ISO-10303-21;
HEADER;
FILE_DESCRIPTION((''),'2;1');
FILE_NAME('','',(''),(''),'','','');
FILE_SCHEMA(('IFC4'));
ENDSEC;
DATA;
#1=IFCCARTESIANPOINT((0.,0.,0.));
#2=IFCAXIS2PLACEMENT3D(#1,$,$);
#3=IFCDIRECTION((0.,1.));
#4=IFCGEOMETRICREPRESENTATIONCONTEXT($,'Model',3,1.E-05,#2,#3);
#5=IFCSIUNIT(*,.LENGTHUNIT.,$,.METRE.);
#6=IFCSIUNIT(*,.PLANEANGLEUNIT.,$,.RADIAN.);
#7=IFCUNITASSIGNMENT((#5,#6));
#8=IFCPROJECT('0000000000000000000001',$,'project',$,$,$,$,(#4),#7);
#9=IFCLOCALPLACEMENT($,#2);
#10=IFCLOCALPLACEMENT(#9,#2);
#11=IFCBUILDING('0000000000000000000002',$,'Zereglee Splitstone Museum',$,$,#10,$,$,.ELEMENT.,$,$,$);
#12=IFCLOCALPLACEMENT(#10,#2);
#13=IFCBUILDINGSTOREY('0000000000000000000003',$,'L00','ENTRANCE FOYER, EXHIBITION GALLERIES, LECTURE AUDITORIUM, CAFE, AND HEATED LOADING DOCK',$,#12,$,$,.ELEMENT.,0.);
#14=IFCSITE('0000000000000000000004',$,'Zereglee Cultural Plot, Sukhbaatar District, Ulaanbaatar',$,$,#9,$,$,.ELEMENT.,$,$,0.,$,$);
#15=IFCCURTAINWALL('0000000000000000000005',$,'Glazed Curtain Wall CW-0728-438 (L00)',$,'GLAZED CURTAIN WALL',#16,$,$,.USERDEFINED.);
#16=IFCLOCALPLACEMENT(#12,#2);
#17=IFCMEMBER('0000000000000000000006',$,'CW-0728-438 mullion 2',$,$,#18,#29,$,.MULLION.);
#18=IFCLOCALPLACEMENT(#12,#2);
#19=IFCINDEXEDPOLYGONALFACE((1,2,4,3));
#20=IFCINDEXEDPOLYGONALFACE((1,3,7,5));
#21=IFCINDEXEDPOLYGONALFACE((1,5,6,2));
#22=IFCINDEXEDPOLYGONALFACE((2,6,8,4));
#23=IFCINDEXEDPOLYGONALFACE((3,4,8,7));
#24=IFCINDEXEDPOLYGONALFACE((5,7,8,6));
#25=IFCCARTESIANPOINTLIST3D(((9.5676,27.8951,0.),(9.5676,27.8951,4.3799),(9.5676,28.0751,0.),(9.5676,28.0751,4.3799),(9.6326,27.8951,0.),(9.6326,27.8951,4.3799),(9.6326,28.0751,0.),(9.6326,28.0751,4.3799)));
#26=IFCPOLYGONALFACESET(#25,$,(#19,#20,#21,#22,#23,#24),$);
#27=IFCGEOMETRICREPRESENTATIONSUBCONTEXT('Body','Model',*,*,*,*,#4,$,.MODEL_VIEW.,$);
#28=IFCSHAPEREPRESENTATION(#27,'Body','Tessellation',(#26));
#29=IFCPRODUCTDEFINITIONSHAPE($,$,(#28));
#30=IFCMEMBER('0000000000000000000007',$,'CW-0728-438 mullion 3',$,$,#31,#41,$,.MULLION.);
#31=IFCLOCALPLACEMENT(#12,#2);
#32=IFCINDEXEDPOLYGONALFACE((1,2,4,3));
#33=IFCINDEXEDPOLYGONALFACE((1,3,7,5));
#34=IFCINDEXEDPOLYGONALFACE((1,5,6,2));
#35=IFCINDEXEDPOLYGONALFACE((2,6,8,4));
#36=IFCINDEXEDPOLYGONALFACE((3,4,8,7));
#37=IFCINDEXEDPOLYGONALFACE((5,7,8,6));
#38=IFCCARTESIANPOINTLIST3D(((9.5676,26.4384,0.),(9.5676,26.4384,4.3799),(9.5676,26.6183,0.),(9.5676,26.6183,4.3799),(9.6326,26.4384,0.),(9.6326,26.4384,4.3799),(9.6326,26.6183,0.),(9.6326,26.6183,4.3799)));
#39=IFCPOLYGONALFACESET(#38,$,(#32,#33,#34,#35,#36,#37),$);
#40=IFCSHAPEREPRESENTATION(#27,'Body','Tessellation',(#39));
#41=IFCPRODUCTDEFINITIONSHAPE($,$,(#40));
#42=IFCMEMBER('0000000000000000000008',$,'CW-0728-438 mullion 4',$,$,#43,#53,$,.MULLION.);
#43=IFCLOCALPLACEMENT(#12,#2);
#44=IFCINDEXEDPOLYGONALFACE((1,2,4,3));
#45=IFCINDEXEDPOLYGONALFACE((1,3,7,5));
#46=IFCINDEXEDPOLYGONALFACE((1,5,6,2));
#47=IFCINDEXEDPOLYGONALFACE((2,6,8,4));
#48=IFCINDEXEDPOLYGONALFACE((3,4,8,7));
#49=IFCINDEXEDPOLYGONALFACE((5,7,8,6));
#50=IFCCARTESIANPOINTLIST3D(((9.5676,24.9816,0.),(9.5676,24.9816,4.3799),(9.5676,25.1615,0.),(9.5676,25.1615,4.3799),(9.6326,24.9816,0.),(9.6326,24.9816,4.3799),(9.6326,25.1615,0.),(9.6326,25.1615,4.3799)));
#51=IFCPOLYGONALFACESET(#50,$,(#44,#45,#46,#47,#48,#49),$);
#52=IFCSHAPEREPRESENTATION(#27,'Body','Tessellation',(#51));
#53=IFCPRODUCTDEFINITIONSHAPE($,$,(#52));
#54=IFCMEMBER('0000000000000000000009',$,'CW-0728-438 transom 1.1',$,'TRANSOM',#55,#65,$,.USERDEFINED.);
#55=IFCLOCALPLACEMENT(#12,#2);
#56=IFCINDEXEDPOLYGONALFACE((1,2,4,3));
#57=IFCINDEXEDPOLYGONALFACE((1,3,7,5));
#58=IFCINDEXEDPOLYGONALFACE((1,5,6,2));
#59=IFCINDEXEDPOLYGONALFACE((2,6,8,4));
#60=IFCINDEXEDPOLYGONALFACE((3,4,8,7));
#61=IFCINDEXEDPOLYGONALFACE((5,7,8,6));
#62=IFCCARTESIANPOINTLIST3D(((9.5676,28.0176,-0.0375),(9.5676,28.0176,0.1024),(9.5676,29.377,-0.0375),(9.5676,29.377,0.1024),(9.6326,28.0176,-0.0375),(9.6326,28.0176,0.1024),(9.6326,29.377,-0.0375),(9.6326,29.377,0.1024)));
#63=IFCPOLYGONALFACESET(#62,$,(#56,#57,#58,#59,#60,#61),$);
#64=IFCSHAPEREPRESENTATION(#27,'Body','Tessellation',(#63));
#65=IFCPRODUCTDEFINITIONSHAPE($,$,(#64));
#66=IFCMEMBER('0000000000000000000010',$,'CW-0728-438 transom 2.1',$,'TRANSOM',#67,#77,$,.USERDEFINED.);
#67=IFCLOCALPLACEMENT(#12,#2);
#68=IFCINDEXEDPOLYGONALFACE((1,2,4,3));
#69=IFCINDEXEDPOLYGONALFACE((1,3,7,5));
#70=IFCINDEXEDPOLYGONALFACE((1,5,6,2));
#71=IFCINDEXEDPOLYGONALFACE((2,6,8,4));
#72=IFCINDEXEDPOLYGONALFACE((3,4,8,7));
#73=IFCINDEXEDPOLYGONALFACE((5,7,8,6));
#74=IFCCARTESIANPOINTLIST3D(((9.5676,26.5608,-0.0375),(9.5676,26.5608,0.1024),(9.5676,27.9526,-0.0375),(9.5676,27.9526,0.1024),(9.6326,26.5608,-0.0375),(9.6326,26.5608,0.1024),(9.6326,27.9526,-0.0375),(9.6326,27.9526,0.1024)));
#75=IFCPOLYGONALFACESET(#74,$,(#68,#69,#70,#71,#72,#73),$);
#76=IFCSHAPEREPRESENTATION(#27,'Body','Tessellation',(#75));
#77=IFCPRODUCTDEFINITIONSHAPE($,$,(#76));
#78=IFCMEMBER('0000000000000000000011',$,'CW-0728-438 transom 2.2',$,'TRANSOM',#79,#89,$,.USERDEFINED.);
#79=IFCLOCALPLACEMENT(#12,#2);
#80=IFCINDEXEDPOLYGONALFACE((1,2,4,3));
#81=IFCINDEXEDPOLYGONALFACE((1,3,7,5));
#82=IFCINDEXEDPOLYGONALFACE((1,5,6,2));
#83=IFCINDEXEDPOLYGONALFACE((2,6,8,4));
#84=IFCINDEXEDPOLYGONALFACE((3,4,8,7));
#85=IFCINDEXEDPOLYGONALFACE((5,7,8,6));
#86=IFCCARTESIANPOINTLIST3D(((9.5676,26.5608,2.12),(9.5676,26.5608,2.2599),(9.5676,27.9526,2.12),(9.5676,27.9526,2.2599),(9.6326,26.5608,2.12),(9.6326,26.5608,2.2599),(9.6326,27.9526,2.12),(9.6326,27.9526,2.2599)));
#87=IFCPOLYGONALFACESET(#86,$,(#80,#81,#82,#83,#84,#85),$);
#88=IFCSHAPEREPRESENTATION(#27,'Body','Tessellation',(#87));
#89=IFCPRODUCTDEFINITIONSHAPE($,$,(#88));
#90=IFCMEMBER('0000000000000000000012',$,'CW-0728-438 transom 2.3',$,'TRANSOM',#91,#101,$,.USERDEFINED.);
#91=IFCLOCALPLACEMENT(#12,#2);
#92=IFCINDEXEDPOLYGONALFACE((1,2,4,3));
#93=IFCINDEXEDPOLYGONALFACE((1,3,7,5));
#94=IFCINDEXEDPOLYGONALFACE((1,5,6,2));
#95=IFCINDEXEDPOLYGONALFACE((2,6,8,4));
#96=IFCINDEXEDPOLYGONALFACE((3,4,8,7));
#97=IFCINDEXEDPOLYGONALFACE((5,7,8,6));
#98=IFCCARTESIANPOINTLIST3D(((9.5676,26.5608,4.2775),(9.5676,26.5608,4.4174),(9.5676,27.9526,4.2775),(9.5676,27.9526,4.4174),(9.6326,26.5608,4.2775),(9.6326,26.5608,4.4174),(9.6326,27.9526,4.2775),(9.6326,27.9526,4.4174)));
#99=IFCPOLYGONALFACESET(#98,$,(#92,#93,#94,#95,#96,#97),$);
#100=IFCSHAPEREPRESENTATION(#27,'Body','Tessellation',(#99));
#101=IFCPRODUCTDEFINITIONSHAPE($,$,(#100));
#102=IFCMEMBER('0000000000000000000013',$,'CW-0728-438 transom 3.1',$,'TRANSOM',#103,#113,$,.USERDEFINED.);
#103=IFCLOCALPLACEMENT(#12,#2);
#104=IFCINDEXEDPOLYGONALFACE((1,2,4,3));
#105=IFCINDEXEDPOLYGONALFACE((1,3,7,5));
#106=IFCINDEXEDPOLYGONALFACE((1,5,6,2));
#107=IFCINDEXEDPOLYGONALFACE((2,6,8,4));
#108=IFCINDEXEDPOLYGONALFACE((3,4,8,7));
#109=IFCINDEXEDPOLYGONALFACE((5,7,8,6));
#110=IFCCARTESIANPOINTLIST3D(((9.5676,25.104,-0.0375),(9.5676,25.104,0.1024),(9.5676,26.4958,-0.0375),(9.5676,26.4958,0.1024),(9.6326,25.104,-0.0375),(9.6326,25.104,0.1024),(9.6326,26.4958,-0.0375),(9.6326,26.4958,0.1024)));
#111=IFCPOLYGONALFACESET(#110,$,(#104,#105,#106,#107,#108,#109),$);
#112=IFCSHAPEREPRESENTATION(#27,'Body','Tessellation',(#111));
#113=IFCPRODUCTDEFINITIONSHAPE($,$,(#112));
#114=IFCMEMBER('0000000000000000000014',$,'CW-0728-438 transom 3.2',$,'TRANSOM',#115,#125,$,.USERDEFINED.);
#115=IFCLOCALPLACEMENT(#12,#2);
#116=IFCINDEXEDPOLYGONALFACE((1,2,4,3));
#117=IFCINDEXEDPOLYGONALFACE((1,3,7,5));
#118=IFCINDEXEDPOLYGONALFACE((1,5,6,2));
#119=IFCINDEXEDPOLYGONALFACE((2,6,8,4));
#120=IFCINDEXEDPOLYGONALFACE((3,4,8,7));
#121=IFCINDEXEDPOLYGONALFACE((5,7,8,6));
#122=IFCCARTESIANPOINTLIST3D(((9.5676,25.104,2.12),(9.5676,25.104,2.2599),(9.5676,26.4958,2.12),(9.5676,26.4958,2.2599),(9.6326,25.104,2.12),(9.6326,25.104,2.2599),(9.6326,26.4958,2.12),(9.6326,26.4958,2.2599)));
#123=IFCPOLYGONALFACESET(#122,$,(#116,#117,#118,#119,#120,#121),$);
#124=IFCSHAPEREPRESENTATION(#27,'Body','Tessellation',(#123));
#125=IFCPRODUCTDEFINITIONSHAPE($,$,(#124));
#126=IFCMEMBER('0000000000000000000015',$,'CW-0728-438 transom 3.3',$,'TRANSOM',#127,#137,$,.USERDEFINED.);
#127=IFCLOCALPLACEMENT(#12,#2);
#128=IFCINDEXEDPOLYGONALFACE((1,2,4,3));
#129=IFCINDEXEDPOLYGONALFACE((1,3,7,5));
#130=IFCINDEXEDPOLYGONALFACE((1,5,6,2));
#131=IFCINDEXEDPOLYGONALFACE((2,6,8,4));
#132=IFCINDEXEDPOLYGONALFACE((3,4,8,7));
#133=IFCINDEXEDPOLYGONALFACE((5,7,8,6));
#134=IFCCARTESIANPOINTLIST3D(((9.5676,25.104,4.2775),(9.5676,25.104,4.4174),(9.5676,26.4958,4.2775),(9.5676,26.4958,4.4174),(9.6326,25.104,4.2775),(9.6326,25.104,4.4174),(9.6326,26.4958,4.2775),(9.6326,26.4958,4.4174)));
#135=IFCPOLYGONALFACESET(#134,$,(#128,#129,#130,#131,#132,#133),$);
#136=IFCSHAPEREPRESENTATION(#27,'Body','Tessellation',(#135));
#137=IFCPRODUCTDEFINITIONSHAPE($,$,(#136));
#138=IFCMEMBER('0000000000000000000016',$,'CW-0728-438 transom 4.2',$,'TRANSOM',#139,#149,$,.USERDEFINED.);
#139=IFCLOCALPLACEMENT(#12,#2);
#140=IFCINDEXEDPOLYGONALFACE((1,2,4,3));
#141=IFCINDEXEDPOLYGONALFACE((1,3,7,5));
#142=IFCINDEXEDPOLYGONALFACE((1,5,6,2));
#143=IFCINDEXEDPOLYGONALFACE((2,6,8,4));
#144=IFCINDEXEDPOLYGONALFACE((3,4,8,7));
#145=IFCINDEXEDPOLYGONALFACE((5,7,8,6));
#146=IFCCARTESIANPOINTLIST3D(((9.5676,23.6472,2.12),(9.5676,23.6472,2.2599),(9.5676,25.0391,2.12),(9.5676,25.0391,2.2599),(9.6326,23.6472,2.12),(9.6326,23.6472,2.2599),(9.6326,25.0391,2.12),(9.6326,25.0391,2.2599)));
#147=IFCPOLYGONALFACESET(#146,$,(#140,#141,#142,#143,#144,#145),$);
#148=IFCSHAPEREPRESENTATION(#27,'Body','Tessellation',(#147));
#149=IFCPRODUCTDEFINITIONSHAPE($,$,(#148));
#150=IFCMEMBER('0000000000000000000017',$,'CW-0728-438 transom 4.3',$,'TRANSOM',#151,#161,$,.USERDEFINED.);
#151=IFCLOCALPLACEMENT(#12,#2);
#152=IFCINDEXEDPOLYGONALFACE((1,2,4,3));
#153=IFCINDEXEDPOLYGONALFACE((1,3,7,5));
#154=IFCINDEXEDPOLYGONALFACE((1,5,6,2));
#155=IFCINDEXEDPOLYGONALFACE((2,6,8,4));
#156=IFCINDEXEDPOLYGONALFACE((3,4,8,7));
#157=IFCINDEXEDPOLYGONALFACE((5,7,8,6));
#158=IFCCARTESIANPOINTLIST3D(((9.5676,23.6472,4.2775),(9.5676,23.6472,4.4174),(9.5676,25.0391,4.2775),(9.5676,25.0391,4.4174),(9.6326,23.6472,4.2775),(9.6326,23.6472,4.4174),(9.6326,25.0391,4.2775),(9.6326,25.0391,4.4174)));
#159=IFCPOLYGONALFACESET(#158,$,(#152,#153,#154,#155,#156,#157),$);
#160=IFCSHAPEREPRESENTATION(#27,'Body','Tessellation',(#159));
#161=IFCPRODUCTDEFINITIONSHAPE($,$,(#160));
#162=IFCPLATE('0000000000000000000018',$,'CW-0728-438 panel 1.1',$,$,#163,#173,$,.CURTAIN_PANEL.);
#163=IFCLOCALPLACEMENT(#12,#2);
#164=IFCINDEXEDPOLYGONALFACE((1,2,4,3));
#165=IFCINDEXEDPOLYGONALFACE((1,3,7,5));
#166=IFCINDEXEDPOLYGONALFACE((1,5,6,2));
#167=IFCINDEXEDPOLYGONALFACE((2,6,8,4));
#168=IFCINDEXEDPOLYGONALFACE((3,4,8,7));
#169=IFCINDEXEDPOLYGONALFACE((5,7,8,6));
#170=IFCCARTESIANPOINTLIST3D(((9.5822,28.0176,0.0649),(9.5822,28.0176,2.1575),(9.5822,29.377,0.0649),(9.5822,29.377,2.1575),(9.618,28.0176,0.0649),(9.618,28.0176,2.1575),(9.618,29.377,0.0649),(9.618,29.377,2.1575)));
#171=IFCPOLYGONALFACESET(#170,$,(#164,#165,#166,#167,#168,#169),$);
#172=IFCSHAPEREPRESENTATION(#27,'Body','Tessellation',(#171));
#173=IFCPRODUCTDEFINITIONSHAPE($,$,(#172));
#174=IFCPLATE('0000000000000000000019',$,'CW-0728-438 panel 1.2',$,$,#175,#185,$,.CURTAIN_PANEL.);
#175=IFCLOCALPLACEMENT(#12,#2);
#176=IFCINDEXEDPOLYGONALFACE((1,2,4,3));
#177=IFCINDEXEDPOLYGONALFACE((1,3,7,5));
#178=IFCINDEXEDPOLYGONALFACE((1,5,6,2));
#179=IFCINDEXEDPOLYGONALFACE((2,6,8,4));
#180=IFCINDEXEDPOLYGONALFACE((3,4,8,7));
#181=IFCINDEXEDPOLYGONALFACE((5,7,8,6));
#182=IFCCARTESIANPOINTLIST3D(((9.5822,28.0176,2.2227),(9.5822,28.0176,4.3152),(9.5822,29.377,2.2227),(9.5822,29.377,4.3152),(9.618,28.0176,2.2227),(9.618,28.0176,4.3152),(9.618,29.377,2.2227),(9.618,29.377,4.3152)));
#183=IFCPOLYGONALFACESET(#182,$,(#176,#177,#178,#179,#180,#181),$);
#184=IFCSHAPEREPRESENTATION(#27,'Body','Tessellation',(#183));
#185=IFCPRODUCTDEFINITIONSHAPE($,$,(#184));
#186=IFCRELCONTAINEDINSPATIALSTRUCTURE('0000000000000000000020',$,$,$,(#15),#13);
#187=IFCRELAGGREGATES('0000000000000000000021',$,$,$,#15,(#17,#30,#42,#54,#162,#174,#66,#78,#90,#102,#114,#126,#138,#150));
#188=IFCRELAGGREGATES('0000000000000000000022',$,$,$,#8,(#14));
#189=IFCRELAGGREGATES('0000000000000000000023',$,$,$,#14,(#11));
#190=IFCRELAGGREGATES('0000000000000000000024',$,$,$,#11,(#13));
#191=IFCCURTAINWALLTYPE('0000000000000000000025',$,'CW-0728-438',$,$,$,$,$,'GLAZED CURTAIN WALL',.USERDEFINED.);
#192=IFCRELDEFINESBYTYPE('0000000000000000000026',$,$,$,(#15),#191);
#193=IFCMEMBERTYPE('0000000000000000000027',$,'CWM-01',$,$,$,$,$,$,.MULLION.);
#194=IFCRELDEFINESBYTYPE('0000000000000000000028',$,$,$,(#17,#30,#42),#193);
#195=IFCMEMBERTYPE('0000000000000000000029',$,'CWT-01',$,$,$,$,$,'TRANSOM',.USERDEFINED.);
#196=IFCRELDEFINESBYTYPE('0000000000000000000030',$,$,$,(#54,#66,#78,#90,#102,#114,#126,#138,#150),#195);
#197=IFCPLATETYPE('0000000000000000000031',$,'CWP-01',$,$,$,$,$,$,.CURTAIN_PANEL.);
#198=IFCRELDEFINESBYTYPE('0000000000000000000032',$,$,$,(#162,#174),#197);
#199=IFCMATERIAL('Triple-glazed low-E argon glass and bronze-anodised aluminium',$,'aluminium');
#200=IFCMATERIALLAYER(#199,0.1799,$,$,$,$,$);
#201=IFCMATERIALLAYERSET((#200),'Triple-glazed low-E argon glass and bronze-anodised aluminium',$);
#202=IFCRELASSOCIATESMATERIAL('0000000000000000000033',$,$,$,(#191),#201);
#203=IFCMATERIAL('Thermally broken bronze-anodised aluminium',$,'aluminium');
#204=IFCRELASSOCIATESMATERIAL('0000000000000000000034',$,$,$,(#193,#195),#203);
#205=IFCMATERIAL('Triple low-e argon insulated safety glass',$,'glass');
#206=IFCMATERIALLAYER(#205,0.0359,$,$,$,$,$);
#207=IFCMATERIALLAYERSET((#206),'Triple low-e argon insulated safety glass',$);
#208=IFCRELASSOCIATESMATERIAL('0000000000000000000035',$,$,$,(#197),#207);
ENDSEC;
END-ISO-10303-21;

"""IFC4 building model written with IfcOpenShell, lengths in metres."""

from ifc_helpers import new_model, si_unit, direction, frame, origin, origin_2d, place, context, subcontext, project, spatial, rectangle, extrude, material, layer, layer_set, material_profile, profile_set, type_object, element, aggregate, save


model = new_model("IFC4")

# Units and contexts
model_context = context("Model", 3, precision=1e-05, world=origin(), true_north=direction((0.0, 1.0)))
body_context = subcontext(model_context, "Body", "Model", "MODEL_VIEW")
ifc_project = project(units=[si_unit("LENGTHUNIT", "METRE"), si_unit("PLANEANGLEUNIT", "RADIAN")], contexts=[model_context])

# Site, building, storey
site_placement = place(None, origin())
site = spatial("IfcSite", under=ifc_project, at=site_placement, Name="Zereglee Cultural Plot, Sukhbaatar District, Ulaanbaatar", CompositionType="ELEMENT", RefElevation=0.0)
building_placement = place(site_placement, origin())
building = spatial("IfcBuilding", under=site, at=building_placement, Name="Zereglee Splitstone Museum", CompositionType="ELEMENT")
storey_placement = place(building_placement, origin())
storey = spatial("IfcBuildingStorey", under=building, at=storey_placement, Name="L00", Description="ENTRANCE FOYER, EXHIBITION GALLERIES, LECTURE AUDITORIUM, CAFE, AND HEATED LOADING DOCK", CompositionType="ELEMENT", Elevation=0.0)

# Curtain wall, members, plates
ifc_material_1 = material(Name="Triple-glazed low-E argon glass and bronze-anodised aluminium", Category="aluminium")
ifc_layer_1 = layer(ifc_material_1, 0.1799)
ifc_layer_set_1 = layer_set([ifc_layer_1], Name="Triple-glazed low-E argon glass and bronze-anodised aluminium")
curtain_wall_type = type_object("IfcCurtainWallType", Name="CW-0728-438", ElementType="GLAZED CURTAIN WALL", PredefinedType="USERDEFINED", material=ifc_layer_set_1)
curtain_wall_placement = place(storey_placement, origin())
curtain_wall = element("IfcCurtainWall", 1, at=curtain_wall_placement, inside=storey, type_object=curtain_wall_type, Name="Glazed Curtain Wall CW-0728-438 (L00)", ObjectType="GLAZED CURTAIN WALL", PredefinedType="USERDEFINED")
ifc_material_2 = material(Name="Thermally broken bronze-anodised aluminium", Category="aluminium")
ifc_material_profile_1 = material_profile(ifc_material_2, rectangle(XDim=0.0649, YDim=0.1799, at=origin_2d()), Name="CW MULL 65x180")
ifc_profile_set_1 = profile_set([ifc_material_profile_1], Name="Thermally broken bronze-anodised aluminium")
member_type_1 = type_object("IfcMemberType", Name="CWM-01", PredefinedType="MULLION", material=ifc_profile_set_1)
member_1_placement = place(storey_placement, frame((9.6001, 27.9851, 0.0), z_axis=(0.0, 0.0, 1.0), x_axis=(1.0, 0.0, 0.0)))
member_1 = element("IfcMember", 2, at=member_1_placement, type_object=member_type_1, Name="CW-0728-438 mullion 2", PredefinedType="MULLION", context=body_context, shape_type="SweptSolid", body=[
    extrude(rectangle(XDim=0.0649, YDim=0.1799, at=origin_2d()), origin(), (0.0, 0.0, 1.0), 4.3799),
])
member_2_placement = place(storey_placement, frame((9.6001, 26.5283, 0.0), z_axis=(0.0, 0.0, 1.0), x_axis=(1.0, 0.0, 0.0)))
member_2 = element("IfcMember", 3, at=member_2_placement, type_object=member_type_1, Name="CW-0728-438 mullion 3", PredefinedType="MULLION", context=body_context, shape_type="SweptSolid", body=[
    extrude(rectangle(XDim=0.0649, YDim=0.1799, at=origin_2d()), origin(), (0.0, 0.0, 1.0), 4.3799),
])
member_3_placement = place(storey_placement, frame((9.6001, 25.0715, 0.0), z_axis=(0.0, 0.0, 1.0), x_axis=(1.0, 0.0, 0.0)))
member_3 = element("IfcMember", 4, at=member_3_placement, type_object=member_type_1, Name="CW-0728-438 mullion 4", PredefinedType="MULLION", context=body_context, shape_type="SweptSolid", body=[
    extrude(rectangle(XDim=0.0649, YDim=0.1799, at=origin_2d()), origin(), (0.0, 0.0, 1.0), 4.3799),
])
ifc_material_profile_2 = material_profile(ifc_material_2, rectangle(XDim=0.0649, YDim=0.1399, at=origin_2d()), Name="CW TRAN 65x140")
ifc_profile_set_2 = profile_set([ifc_material_profile_2], Name="Thermally broken bronze-anodised aluminium")
member_type_2 = type_object("IfcMemberType", Name="CWT-01", ElementType="TRANSOM", PredefinedType="USERDEFINED", material=ifc_profile_set_2)
member_4_placement = place(storey_placement, frame((9.6001, 29.377, 0.0325), z_axis=(0.0, -1.0, 0.0), x_axis=(1.0, 0.0, 0.0)))
member_4 = element("IfcMember", 5, at=member_4_placement, type_object=member_type_2, Name="CW-0728-438 transom 1.1", ObjectType="TRANSOM", PredefinedType="USERDEFINED", context=body_context, shape_type="SweptSolid", body=[
    extrude(rectangle(XDim=0.0649, YDim=0.1399, at=origin_2d()), origin(), (0.0, 0.0, 1.0), 1.3594),
])
member_5_placement = place(storey_placement, frame((9.6001, 27.9526, 0.0325), z_axis=(0.0, -1.0, 0.0), x_axis=(1.0, 0.0, 0.0)))
member_5 = element("IfcMember", 6, at=member_5_placement, type_object=member_type_2, Name="CW-0728-438 transom 2.1", ObjectType="TRANSOM", PredefinedType="USERDEFINED", context=body_context, shape_type="SweptSolid", body=[
    extrude(rectangle(XDim=0.0649, YDim=0.1399, at=origin_2d()), origin(), (0.0, 0.0, 1.0), 1.3918),
])
member_6_placement = place(storey_placement, frame((9.6001, 27.9526, 2.1899), z_axis=(0.0, -1.0, 0.0), x_axis=(1.0, 0.0, 0.0)))
member_6 = element("IfcMember", 7, at=member_6_placement, type_object=member_type_2, Name="CW-0728-438 transom 2.2", ObjectType="TRANSOM", PredefinedType="USERDEFINED", context=body_context, shape_type="SweptSolid", body=[
    extrude(rectangle(XDim=0.0649, YDim=0.1399, at=origin_2d()), origin(), (0.0, 0.0, 1.0), 1.3918),
])
member_7_placement = place(storey_placement, frame((9.6001, 27.9526, 4.3474), z_axis=(0.0, -1.0, 0.0), x_axis=(1.0, 0.0, 0.0)))
member_7 = element("IfcMember", 8, at=member_7_placement, type_object=member_type_2, Name="CW-0728-438 transom 2.3", ObjectType="TRANSOM", PredefinedType="USERDEFINED", context=body_context, shape_type="SweptSolid", body=[
    extrude(rectangle(XDim=0.0649, YDim=0.1399, at=origin_2d()), origin(), (0.0, 0.0, 1.0), 1.3918),
])
member_8_placement = place(storey_placement, frame((9.6001, 26.4958, 0.0325), z_axis=(0.0, -1.0, 0.0), x_axis=(1.0, 0.0, 0.0)))
member_8 = element("IfcMember", 9, at=member_8_placement, type_object=member_type_2, Name="CW-0728-438 transom 3.1", ObjectType="TRANSOM", PredefinedType="USERDEFINED", context=body_context, shape_type="SweptSolid", body=[
    extrude(rectangle(XDim=0.0649, YDim=0.1399, at=origin_2d()), origin(), (0.0, 0.0, 1.0), 1.3918),
])
member_9_placement = place(storey_placement, frame((9.6001, 26.4958, 2.1899), z_axis=(0.0, -1.0, 0.0), x_axis=(1.0, 0.0, 0.0)))
member_9 = element("IfcMember", 10, at=member_9_placement, type_object=member_type_2, Name="CW-0728-438 transom 3.2", ObjectType="TRANSOM", PredefinedType="USERDEFINED", context=body_context, shape_type="SweptSolid", body=[
    extrude(rectangle(XDim=0.0649, YDim=0.1399, at=origin_2d()), origin(), (0.0, 0.0, 1.0), 1.3918),
])
member_10_placement = place(storey_placement, frame((9.6001, 26.4958, 4.3474), z_axis=(0.0, -1.0, 0.0), x_axis=(1.0, 0.0, 0.0)))
member_10 = element("IfcMember", 11, at=member_10_placement, type_object=member_type_2, Name="CW-0728-438 transom 3.3", ObjectType="TRANSOM", PredefinedType="USERDEFINED", context=body_context, shape_type="SweptSolid", body=[
    extrude(rectangle(XDim=0.0649, YDim=0.1399, at=origin_2d()), origin(), (0.0, 0.0, 1.0), 1.3918),
])
member_11_placement = place(storey_placement, frame((9.6001, 25.0391, 2.1899), z_axis=(0.0, -1.0, 0.0), x_axis=(1.0, 0.0, 0.0)))
member_11 = element("IfcMember", 12, at=member_11_placement, type_object=member_type_2, Name="CW-0728-438 transom 4.2", ObjectType="TRANSOM", PredefinedType="USERDEFINED", context=body_context, shape_type="SweptSolid", body=[
    extrude(rectangle(XDim=0.0649, YDim=0.1399, at=origin_2d()), origin(), (0.0, 0.0, 1.0), 1.3918),
])
member_12_placement = place(storey_placement, frame((9.6001, 25.0391, 4.3474), z_axis=(0.0, -1.0, 0.0), x_axis=(1.0, 0.0, 0.0)))
member_12 = element("IfcMember", 13, at=member_12_placement, type_object=member_type_2, Name="CW-0728-438 transom 4.3", ObjectType="TRANSOM", PredefinedType="USERDEFINED", context=body_context, shape_type="SweptSolid", body=[
    extrude(rectangle(XDim=0.0649, YDim=0.1399, at=origin_2d()), origin(), (0.0, 0.0, 1.0), 1.3918),
])
ifc_material_3 = material(Name="Triple low-e argon insulated safety glass", Category="glass")
ifc_layer_2 = layer(ifc_material_3, 0.0359)
ifc_layer_set_2 = layer_set([ifc_layer_2], Name="Triple low-e argon insulated safety glass")
plate_type_1 = type_object("IfcPlateType", Name="CWP-01", PredefinedType="CURTAIN_PANEL", material=ifc_layer_set_2)
plate_1_placement = place(storey_placement, frame((9.6001, 28.6973, 0.0649), z_axis=(0.0, 0.0, 1.0), x_axis=(0.0, -1.0, 0.0)))
plate_1 = element("IfcPlate", 14, at=plate_1_placement, type_object=plate_type_1, Name="CW-0728-438 panel 1.1", PredefinedType="CURTAIN_PANEL", context=body_context, shape_type="SweptSolid", body=[
    extrude(rectangle(XDim=1.3594, YDim=0.0359, at=origin_2d()), origin(), (0.0, 0.0, 1.0), 2.0925),
])
plate_2_placement = place(storey_placement, frame((9.6001, 28.6973, 2.2227), z_axis=(0.0, 0.0, 1.0), x_axis=(0.0, -1.0, 0.0)))
plate_2 = element("IfcPlate", 15, at=plate_2_placement, type_object=plate_type_1, Name="CW-0728-438 panel 1.2", PredefinedType="CURTAIN_PANEL", context=body_context, shape_type="SweptSolid", body=[
    extrude(rectangle(XDim=1.3594, YDim=0.0359, at=origin_2d()), origin(), (0.0, 0.0, 1.0), 2.0925),
])
aggregate(curtain_wall, [member_1, member_2, member_3, member_4, plate_1, plate_2, member_5, member_6, member_7, member_8, member_9, member_10, member_11, member_12])

save(model, "model.ifc")
